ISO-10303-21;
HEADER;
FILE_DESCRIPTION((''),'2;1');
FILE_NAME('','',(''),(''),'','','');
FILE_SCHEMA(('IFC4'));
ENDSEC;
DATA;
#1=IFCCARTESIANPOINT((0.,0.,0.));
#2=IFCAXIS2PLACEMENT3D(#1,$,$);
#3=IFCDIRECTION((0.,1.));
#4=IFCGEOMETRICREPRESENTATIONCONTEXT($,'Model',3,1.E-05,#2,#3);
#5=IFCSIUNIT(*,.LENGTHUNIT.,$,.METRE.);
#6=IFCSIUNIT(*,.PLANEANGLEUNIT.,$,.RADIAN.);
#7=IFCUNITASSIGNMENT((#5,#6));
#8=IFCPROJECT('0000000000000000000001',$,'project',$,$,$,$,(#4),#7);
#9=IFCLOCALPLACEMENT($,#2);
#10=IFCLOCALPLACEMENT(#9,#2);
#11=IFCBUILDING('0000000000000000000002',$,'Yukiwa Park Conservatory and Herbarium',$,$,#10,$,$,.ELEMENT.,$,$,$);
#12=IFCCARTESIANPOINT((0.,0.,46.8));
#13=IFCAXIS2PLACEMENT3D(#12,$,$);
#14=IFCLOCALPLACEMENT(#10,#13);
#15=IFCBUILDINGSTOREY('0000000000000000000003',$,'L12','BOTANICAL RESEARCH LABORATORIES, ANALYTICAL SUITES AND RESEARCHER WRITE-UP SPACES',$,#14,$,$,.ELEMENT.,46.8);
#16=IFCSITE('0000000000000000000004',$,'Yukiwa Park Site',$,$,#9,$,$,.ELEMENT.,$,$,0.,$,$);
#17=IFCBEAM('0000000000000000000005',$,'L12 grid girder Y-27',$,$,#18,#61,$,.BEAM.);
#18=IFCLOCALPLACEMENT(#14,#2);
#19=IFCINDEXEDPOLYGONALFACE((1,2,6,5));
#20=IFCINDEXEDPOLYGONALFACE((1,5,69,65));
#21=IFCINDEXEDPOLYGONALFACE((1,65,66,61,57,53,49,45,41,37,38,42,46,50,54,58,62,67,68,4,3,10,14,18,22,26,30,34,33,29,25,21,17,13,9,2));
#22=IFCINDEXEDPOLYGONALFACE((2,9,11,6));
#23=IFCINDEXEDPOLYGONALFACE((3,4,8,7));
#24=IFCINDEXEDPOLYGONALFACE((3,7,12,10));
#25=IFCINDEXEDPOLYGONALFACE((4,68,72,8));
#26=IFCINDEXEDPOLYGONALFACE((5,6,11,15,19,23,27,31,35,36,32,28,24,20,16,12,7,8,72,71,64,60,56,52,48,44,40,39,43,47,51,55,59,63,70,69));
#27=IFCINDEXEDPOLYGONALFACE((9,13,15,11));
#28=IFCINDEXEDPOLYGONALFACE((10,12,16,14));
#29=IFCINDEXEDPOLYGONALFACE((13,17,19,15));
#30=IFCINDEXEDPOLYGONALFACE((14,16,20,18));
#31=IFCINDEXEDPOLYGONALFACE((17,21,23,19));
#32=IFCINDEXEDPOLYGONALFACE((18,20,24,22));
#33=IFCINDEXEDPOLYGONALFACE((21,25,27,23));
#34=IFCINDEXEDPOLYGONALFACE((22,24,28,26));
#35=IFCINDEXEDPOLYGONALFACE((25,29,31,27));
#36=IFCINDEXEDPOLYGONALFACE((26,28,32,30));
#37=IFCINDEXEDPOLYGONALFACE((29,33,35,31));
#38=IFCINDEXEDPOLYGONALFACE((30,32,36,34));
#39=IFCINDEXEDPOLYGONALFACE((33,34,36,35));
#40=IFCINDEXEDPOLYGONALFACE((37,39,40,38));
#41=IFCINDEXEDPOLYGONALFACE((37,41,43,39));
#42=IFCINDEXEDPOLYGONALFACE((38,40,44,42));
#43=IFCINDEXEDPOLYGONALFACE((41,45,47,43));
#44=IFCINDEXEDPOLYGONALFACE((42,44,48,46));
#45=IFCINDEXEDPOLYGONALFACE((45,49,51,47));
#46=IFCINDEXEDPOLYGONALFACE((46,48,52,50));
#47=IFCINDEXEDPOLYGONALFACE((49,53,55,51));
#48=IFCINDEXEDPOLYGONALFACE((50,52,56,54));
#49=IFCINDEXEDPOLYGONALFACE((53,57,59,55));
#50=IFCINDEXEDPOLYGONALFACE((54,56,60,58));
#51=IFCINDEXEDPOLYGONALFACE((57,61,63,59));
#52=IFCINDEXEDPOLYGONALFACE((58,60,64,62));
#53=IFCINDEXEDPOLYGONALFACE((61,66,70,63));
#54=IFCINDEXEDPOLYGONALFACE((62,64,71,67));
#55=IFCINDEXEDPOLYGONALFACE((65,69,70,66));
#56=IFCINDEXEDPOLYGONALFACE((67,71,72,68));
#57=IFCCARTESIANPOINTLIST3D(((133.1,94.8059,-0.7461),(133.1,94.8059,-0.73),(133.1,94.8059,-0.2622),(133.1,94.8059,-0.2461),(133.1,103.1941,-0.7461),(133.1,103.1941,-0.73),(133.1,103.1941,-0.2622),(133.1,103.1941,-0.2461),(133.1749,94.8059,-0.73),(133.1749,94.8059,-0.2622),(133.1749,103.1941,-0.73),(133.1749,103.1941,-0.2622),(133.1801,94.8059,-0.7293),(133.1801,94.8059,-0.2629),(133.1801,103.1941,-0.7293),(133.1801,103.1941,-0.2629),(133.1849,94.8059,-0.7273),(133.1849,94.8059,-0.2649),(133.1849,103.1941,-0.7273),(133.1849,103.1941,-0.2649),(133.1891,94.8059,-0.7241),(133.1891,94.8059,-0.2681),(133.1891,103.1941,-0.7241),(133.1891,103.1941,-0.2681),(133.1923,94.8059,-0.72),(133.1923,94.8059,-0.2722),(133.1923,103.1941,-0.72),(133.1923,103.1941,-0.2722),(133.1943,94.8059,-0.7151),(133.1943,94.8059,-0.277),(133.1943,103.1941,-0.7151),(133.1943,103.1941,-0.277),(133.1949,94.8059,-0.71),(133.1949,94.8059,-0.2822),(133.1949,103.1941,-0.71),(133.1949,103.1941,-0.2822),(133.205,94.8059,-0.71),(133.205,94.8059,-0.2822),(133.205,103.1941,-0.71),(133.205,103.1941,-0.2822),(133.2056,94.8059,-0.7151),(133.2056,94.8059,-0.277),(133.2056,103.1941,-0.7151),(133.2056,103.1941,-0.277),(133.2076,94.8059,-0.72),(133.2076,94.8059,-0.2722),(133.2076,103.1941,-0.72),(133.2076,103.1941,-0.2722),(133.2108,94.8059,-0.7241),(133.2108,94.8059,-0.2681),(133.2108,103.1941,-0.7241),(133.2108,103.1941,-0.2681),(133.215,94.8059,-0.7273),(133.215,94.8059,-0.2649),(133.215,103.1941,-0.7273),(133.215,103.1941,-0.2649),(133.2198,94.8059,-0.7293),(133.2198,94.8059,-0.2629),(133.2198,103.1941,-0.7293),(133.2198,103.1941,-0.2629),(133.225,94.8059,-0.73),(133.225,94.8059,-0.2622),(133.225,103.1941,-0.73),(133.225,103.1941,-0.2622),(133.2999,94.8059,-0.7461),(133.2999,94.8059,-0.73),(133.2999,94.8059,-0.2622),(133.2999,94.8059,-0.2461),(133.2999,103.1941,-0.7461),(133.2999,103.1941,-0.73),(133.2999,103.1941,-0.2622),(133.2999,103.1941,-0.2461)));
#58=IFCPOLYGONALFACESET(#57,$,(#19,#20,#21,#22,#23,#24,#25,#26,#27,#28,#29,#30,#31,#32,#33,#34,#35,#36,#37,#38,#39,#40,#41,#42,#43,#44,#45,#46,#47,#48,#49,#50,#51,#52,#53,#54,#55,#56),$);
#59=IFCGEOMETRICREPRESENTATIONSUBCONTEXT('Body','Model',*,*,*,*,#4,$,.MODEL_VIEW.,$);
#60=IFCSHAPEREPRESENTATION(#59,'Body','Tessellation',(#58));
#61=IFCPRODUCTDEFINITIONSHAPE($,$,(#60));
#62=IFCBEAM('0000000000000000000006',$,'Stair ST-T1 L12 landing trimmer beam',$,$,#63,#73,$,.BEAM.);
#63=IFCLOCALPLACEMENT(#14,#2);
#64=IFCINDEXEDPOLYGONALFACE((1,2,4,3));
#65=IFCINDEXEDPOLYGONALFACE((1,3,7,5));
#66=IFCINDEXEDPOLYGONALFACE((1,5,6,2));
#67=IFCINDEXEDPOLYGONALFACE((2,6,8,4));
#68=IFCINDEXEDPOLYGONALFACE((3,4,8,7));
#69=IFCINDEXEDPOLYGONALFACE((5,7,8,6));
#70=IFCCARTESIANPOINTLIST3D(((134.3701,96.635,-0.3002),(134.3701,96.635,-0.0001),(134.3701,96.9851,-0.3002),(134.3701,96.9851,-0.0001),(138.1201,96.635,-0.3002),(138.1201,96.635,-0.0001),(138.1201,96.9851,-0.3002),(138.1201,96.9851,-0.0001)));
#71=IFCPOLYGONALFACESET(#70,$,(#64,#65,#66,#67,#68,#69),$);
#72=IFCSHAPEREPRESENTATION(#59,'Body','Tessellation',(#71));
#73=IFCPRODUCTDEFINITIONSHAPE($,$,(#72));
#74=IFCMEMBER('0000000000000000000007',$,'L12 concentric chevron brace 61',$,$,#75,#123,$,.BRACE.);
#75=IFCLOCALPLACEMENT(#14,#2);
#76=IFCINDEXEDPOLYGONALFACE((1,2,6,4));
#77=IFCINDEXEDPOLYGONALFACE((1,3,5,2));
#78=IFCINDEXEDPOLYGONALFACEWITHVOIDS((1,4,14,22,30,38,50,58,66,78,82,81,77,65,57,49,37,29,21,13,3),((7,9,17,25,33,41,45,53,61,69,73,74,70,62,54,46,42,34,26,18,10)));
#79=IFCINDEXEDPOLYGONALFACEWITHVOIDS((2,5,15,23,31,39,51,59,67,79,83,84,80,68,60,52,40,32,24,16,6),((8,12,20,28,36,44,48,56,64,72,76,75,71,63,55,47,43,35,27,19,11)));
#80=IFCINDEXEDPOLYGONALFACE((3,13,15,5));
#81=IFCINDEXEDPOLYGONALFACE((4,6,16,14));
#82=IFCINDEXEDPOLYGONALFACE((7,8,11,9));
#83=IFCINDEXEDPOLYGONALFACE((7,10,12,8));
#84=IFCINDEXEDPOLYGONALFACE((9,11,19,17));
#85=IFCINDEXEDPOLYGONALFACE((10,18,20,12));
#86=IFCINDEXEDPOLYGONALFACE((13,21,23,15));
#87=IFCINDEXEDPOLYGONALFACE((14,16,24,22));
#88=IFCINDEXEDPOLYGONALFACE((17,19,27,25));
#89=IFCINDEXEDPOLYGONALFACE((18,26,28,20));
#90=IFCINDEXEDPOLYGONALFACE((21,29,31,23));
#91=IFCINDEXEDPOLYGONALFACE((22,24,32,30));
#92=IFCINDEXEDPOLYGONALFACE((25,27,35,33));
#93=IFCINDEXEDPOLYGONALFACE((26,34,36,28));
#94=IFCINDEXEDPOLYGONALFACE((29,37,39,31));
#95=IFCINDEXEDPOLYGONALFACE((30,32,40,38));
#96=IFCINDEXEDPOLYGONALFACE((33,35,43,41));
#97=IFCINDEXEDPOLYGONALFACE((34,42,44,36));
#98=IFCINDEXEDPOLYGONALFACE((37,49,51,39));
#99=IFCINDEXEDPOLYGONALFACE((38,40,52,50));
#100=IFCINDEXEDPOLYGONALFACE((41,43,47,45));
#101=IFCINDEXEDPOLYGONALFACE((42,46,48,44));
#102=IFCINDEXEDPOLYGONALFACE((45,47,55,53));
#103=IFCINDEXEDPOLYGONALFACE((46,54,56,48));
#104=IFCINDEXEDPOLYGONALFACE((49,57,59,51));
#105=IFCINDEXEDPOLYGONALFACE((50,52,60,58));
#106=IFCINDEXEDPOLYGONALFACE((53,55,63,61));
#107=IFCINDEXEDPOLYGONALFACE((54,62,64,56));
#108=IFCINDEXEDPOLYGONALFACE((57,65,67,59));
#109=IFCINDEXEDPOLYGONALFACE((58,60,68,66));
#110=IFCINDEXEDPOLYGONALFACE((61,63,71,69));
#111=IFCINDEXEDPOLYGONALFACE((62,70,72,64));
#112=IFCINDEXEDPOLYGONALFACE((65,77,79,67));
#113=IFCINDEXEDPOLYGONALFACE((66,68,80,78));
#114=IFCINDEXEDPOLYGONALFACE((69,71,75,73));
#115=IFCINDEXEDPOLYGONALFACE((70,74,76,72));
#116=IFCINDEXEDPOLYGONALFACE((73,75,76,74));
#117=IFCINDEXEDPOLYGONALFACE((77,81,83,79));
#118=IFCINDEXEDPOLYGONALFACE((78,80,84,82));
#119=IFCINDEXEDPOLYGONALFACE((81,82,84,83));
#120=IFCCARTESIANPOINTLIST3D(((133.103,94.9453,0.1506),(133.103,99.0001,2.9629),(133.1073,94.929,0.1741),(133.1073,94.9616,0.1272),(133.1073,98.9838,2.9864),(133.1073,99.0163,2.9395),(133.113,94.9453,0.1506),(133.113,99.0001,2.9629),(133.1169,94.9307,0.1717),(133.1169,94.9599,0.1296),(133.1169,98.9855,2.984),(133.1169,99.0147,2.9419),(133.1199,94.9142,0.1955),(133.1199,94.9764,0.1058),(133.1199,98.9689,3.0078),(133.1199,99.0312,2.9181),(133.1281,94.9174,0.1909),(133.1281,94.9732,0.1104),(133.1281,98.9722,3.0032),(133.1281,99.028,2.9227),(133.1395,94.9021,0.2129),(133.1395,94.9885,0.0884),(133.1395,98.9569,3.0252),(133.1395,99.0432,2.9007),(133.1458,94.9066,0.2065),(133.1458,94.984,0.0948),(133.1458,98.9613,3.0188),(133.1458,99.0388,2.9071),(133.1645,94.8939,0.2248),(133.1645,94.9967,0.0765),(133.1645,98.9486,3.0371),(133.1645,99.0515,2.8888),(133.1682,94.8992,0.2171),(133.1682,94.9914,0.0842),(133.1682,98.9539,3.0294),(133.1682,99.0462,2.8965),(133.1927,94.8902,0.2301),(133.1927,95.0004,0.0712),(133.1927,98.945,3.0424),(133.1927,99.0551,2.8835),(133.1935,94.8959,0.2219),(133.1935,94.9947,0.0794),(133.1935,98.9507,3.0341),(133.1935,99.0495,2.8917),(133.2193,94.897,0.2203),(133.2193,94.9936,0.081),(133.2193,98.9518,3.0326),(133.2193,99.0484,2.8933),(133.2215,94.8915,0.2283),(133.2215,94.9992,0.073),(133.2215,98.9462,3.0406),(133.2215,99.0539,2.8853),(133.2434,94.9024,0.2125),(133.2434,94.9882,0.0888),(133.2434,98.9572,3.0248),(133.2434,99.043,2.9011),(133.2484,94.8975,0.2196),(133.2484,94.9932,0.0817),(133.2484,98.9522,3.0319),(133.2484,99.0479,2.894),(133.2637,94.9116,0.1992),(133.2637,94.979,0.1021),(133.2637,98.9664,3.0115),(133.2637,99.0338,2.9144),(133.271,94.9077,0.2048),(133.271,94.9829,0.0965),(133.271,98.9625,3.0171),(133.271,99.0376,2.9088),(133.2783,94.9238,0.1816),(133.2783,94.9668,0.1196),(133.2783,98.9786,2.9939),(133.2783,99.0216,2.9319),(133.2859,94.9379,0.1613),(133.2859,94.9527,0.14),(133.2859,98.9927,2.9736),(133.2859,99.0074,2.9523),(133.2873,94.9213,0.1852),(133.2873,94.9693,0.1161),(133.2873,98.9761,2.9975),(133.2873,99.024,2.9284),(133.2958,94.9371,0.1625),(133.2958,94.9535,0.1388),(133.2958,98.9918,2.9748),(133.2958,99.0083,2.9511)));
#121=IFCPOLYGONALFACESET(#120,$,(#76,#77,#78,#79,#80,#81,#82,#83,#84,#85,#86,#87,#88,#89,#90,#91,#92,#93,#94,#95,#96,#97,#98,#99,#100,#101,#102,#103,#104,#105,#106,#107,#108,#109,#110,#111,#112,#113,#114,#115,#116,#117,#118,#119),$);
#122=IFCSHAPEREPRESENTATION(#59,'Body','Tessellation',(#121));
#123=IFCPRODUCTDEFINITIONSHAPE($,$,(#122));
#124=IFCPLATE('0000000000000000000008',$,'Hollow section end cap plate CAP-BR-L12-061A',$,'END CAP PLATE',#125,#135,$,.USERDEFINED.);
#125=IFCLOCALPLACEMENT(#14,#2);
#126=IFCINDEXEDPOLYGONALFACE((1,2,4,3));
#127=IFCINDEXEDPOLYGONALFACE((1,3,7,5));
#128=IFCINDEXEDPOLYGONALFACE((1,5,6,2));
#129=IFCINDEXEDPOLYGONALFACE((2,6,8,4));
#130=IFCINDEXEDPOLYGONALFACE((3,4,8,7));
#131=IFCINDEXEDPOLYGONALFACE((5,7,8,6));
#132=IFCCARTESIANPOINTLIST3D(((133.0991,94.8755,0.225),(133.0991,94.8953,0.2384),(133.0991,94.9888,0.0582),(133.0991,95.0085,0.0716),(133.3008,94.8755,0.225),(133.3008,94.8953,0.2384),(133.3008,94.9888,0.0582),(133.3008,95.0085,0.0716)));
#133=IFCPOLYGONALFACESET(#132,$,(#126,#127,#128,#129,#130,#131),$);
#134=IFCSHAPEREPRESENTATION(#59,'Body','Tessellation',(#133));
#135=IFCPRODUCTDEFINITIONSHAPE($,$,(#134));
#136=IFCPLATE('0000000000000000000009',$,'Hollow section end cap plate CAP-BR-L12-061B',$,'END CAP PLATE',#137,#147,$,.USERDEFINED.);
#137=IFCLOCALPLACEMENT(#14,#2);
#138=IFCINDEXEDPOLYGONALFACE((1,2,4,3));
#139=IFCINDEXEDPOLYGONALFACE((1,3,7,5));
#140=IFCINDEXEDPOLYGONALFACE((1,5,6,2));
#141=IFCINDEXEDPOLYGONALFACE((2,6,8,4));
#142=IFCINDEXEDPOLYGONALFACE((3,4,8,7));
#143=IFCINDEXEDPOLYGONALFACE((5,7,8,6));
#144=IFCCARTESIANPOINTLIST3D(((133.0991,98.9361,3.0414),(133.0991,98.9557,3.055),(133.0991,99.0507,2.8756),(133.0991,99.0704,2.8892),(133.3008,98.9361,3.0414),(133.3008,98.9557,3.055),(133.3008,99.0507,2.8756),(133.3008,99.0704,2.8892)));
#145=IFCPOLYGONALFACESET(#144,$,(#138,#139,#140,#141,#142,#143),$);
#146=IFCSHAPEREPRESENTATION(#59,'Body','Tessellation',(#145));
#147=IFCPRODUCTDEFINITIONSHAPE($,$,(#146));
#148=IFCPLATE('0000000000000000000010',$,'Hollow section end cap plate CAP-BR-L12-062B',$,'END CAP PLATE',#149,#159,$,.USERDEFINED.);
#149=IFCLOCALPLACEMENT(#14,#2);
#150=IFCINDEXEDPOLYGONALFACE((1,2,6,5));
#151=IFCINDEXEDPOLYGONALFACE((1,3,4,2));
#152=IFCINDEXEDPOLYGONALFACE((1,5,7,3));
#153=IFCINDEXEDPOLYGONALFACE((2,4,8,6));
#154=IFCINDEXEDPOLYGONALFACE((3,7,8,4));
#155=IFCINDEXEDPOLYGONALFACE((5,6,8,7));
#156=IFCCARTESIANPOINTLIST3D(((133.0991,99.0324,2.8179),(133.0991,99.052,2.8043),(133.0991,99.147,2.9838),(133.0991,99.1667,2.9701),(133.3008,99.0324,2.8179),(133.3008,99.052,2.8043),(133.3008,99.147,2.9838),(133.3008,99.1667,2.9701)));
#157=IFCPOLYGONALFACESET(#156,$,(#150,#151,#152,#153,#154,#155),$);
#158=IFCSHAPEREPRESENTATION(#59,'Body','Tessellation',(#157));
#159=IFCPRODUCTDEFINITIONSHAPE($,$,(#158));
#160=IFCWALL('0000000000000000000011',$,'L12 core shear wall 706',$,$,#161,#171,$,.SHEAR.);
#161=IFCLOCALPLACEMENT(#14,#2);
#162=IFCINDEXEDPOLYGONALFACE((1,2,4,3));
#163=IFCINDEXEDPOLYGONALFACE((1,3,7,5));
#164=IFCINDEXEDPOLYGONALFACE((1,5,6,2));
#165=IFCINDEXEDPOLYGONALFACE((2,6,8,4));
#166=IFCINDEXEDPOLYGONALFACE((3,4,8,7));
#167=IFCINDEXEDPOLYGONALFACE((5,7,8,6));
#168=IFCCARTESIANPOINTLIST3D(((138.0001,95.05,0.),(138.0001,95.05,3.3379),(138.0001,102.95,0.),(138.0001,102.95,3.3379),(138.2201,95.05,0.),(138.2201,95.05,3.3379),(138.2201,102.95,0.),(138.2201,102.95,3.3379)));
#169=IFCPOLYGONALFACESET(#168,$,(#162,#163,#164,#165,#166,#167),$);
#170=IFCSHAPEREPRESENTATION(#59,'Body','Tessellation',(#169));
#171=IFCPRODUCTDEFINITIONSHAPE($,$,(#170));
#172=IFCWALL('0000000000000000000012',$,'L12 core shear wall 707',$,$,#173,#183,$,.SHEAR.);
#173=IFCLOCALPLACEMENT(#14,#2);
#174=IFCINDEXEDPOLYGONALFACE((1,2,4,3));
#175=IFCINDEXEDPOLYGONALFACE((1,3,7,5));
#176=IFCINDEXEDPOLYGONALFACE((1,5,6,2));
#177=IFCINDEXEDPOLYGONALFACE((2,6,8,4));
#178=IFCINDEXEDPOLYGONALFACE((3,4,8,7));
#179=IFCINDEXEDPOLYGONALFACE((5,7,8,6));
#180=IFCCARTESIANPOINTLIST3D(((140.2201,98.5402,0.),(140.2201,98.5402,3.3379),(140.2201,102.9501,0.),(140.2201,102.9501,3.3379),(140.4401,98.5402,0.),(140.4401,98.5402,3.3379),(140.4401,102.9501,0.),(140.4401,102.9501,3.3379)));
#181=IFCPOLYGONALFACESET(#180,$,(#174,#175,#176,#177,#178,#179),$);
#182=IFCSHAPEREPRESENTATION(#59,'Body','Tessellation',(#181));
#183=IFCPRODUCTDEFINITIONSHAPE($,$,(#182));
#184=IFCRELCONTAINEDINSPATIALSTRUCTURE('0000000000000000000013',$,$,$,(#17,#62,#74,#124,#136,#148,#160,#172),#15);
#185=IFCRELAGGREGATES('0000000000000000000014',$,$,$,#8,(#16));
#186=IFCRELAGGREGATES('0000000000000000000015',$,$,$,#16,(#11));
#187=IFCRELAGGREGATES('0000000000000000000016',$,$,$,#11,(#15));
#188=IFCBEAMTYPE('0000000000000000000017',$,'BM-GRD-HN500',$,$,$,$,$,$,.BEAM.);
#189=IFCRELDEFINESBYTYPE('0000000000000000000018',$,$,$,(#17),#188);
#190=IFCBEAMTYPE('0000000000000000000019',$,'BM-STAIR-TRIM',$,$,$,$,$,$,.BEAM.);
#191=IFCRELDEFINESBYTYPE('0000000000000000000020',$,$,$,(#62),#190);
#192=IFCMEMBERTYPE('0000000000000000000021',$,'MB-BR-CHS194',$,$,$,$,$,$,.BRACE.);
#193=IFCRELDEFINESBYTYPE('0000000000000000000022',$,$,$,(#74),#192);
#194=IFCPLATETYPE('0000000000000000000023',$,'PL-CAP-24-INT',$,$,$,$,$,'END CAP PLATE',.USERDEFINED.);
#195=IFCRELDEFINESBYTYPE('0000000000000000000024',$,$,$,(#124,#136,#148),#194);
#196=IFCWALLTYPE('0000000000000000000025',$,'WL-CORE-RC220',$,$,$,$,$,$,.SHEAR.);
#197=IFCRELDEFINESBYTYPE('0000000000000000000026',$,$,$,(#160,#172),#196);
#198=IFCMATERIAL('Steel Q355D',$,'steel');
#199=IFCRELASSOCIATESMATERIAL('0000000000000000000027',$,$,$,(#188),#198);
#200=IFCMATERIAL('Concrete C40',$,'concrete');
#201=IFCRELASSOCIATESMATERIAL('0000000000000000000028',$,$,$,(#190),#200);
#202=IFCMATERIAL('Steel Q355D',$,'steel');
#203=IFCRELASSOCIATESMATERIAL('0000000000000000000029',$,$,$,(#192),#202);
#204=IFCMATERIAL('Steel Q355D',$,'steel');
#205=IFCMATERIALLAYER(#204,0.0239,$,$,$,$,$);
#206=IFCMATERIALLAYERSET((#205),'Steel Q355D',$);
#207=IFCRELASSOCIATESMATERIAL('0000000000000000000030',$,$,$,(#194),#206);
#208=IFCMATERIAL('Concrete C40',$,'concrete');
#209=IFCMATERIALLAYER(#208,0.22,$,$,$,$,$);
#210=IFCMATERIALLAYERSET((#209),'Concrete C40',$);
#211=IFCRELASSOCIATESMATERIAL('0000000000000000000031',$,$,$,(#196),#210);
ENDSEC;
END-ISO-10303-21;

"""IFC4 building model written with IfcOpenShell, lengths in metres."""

from ifc_helpers import new_model, si_unit, direction, frame, frame_2d, origin, origin_2d, place, context, subcontext, project, spatial, rectangle, hollow_circle, i_section, extrude, material, layer, layer_set, material_profile, profile_set, type_object, element, save


model = new_model("IFC4")

# Units and contexts
model_context = context("Model", 3, precision=1e-05, world=origin(), true_north=direction((0.0, 1.0)))
body_context = subcontext(model_context, "Body", "Model", "MODEL_VIEW")
ifc_project = project(units=[si_unit("LENGTHUNIT", "METRE"), si_unit("PLANEANGLEUNIT", "RADIAN")], contexts=[model_context])

# Site, building, storey
site_placement = place(None, origin())
site = spatial("IfcSite", under=ifc_project, at=site_placement, Name="Yukiwa Park Site", CompositionType="ELEMENT", RefElevation=0.0)
building_placement = place(site_placement, origin())
building = spatial("IfcBuilding", under=site, at=building_placement, Name="Yukiwa Park Conservatory and Herbarium", CompositionType="ELEMENT")
storey_placement = place(building_placement, frame((0.0, 0.0, 46.8)))
storey = spatial("IfcBuildingStorey", under=building, at=storey_placement, Name="L12", Description="BOTANICAL RESEARCH LABORATORIES, ANALYTICAL SUITES AND RESEARCHER WRITE-UP SPACES", CompositionType="ELEMENT", Elevation=46.8)

# Beams
ifc_material_1 = material(Name="Steel Q355D", Category="steel")
ifc_material_profile_1 = material_profile(ifc_material_1, i_section(OverallWidth=0.2, OverallDepth=0.5, WebThickness=0.01, FlangeThickness=0.0161, FilletRadius=0.02, at=origin_2d()), Name="HN 500x200x10x16")
ifc_profile_set_1 = profile_set([ifc_material_profile_1], Name="Steel Q355D")
beam_type_1 = type_object("IfcBeamType", Name="BM-GRD-HN500", PredefinedType="BEAM", material=ifc_profile_set_1)
beam_1_placement = place(storey_placement, frame((133.2, 94.8059, -0.4961), z_axis=(0.0, 1.0, 0.0), x_axis=(-1.0, 0.0, 0.0)))
element("IfcBeam", 1, at=beam_1_placement, inside=storey, type_object=beam_type_1, Name="L12 grid girder Y-27", PredefinedType="BEAM", context=body_context, shape_type="SweptSolid", body=[
    extrude(i_section(OverallWidth=0.2, OverallDepth=0.5, WebThickness=0.01, FlangeThickness=0.0161, FilletRadius=0.02, at=origin_2d()), origin(), (0.0, 0.0, 1.0), 8.3882),
])
ifc_material_2 = material(Name="Concrete C40", Category="concrete")
ifc_material_profile_2 = material_profile(ifc_material_2, rectangle(XDim=0.3501, YDim=0.3, at=origin_2d()), Name="RC 350x300")
ifc_profile_set_2 = profile_set([ifc_material_profile_2], Name="Concrete C40")
beam_type_2 = type_object("IfcBeamType", Name="BM-STAIR-TRIM", PredefinedType="BEAM", material=ifc_profile_set_2)
beam_2_placement = place(storey_placement, frame((134.3701, 96.8101, -0.1501), z_axis=(1.0, 0.0, 0.0), x_axis=(0.0, 1.0, 0.0)))
element("IfcBeam", 2, at=beam_2_placement, inside=storey, type_object=beam_type_2, Name="Stair ST-T1 L12 landing trimmer beam", PredefinedType="BEAM", context=body_context, shape_type="SweptSolid", body=[
    extrude(rectangle(XDim=0.3501, YDim=0.3, at=origin_2d()), origin(), (0.0, 0.0, 1.0), 3.75),
])

# Member
ifc_material_3 = material(Name="Steel Q355D", Category="steel")
ifc_material_profile_3 = material_profile(ifc_material_3, hollow_circle(Radius=0.0969, WallThickness=0.01, at=origin_2d()), Name="CHS 193.7x10")
ifc_profile_set_3 = profile_set([ifc_material_profile_3], Name="Steel Q355D")
member_type = type_object("IfcMemberType", Name="MB-BR-CHS194", PredefinedType="BRACE", material=ifc_profile_set_3)
member_placement = place(storey_placement, frame((133.2, 94.9453, 0.1506), z_axis=(0.0, 0.821702, 0.569917), x_axis=(-1.0, 0.0, 0.0)))
element("IfcMember", 3, at=member_placement, inside=storey, type_object=member_type, Name="L12 concentric chevron brace 61", PredefinedType="BRACE", context=body_context, shape_type="SweptSolid", body=[
    extrude(hollow_circle(Radius=0.0969, WallThickness=0.01, at=origin_2d()), origin(), (0.0, 0.0, 1.0), 4.9346),
])

# Plates
ifc_material_4 = material(Name="Steel Q355D", Category="steel")
ifc_layer_1 = layer(ifc_material_4, 0.0239)
ifc_layer_set_1 = layer_set([ifc_layer_1], Name="Steel Q355D")
plate_type = type_object("IfcPlateType", Name="PL-CAP-24-INT", ElementType="END CAP PLATE", PredefinedType="USERDEFINED", material=ifc_layer_set_1)
for number, where, z_axis, x_axis, name in (
    (4, (133.2, 94.9519, 0.155), (0.0, -0.827306, -0.561751), (1.0, 0.0, 0.0), "Hollow section end cap plate CAP-BR-L12-061A"),
    (5, (133.2, 98.9934, 2.9585), (0.0, 0.822558, 0.568682), (-1.0, 0.0, 0.0), "Hollow section end cap plate CAP-BR-L12-061B"),
    (6, (133.2, 99.1094, 2.8872), (0.0, -0.822558, 0.568682), (1.0, 0.0, 0.0), "Hollow section end cap plate CAP-BR-L12-062B"),
):
    element("IfcPlate", number, at=place(storey_placement, frame(where, z_axis=z_axis, x_axis=x_axis)), inside=storey, type_object=plate_type, Name=name, ObjectType="END CAP PLATE", PredefinedType="USERDEFINED", context=body_context, shape_type="SweptSolid", body=[
        extrude(rectangle(XDim=0.2017, YDim=0.2017, at=origin_2d()), origin(), (0.0, 0.0, 1.0), 0.0239),
    ])

# Walls
ifc_material_5 = material(Name="Concrete C40", Category="concrete")
ifc_layer_2 = layer(ifc_material_5, 0.22)
ifc_layer_set_2 = layer_set([ifc_layer_2], Name="Concrete C40")
wall_type_1 = type_object("IfcWallType", Name="WL-CORE-RC220", PredefinedType="SHEAR", material=ifc_layer_set_2)
wall_1_placement = place(storey_placement, frame((138.1101, 95.05, 0.0), z_axis=(0.0, 0.0, 1.0), x_axis=(0.0, 1.0, 0.0)))
element("IfcWall", 7, at=wall_1_placement, inside=storey, type_object=wall_type_1, Name="L12 core shear wall 706", PredefinedType="SHEAR", context=body_context, shape_type="SweptSolid", body=[
    extrude(rectangle(XDim=7.8999, YDim=0.22, at=frame_2d((3.95, 0.0))), origin(), (0.0, 0.0, 1.0), 3.3379),
])
wall_2_placement = place(storey_placement, frame((140.3301, 98.54, 0.0), z_axis=(0.0, 0.0, 1.0), x_axis=(0.0, 1.0, 0.0)))
element("IfcWall", 8, at=wall_2_placement, inside=storey, type_object=wall_type_1, Name="L12 core shear wall 707", PredefinedType="SHEAR", context=body_context, shape_type="SweptSolid", body=[
    extrude(rectangle(XDim=4.4099, YDim=0.22, at=frame_2d((2.2051, 0.0))), origin(), (0.0, 0.0, 1.0), 3.3379),
])

save(model, "model.ifc")
